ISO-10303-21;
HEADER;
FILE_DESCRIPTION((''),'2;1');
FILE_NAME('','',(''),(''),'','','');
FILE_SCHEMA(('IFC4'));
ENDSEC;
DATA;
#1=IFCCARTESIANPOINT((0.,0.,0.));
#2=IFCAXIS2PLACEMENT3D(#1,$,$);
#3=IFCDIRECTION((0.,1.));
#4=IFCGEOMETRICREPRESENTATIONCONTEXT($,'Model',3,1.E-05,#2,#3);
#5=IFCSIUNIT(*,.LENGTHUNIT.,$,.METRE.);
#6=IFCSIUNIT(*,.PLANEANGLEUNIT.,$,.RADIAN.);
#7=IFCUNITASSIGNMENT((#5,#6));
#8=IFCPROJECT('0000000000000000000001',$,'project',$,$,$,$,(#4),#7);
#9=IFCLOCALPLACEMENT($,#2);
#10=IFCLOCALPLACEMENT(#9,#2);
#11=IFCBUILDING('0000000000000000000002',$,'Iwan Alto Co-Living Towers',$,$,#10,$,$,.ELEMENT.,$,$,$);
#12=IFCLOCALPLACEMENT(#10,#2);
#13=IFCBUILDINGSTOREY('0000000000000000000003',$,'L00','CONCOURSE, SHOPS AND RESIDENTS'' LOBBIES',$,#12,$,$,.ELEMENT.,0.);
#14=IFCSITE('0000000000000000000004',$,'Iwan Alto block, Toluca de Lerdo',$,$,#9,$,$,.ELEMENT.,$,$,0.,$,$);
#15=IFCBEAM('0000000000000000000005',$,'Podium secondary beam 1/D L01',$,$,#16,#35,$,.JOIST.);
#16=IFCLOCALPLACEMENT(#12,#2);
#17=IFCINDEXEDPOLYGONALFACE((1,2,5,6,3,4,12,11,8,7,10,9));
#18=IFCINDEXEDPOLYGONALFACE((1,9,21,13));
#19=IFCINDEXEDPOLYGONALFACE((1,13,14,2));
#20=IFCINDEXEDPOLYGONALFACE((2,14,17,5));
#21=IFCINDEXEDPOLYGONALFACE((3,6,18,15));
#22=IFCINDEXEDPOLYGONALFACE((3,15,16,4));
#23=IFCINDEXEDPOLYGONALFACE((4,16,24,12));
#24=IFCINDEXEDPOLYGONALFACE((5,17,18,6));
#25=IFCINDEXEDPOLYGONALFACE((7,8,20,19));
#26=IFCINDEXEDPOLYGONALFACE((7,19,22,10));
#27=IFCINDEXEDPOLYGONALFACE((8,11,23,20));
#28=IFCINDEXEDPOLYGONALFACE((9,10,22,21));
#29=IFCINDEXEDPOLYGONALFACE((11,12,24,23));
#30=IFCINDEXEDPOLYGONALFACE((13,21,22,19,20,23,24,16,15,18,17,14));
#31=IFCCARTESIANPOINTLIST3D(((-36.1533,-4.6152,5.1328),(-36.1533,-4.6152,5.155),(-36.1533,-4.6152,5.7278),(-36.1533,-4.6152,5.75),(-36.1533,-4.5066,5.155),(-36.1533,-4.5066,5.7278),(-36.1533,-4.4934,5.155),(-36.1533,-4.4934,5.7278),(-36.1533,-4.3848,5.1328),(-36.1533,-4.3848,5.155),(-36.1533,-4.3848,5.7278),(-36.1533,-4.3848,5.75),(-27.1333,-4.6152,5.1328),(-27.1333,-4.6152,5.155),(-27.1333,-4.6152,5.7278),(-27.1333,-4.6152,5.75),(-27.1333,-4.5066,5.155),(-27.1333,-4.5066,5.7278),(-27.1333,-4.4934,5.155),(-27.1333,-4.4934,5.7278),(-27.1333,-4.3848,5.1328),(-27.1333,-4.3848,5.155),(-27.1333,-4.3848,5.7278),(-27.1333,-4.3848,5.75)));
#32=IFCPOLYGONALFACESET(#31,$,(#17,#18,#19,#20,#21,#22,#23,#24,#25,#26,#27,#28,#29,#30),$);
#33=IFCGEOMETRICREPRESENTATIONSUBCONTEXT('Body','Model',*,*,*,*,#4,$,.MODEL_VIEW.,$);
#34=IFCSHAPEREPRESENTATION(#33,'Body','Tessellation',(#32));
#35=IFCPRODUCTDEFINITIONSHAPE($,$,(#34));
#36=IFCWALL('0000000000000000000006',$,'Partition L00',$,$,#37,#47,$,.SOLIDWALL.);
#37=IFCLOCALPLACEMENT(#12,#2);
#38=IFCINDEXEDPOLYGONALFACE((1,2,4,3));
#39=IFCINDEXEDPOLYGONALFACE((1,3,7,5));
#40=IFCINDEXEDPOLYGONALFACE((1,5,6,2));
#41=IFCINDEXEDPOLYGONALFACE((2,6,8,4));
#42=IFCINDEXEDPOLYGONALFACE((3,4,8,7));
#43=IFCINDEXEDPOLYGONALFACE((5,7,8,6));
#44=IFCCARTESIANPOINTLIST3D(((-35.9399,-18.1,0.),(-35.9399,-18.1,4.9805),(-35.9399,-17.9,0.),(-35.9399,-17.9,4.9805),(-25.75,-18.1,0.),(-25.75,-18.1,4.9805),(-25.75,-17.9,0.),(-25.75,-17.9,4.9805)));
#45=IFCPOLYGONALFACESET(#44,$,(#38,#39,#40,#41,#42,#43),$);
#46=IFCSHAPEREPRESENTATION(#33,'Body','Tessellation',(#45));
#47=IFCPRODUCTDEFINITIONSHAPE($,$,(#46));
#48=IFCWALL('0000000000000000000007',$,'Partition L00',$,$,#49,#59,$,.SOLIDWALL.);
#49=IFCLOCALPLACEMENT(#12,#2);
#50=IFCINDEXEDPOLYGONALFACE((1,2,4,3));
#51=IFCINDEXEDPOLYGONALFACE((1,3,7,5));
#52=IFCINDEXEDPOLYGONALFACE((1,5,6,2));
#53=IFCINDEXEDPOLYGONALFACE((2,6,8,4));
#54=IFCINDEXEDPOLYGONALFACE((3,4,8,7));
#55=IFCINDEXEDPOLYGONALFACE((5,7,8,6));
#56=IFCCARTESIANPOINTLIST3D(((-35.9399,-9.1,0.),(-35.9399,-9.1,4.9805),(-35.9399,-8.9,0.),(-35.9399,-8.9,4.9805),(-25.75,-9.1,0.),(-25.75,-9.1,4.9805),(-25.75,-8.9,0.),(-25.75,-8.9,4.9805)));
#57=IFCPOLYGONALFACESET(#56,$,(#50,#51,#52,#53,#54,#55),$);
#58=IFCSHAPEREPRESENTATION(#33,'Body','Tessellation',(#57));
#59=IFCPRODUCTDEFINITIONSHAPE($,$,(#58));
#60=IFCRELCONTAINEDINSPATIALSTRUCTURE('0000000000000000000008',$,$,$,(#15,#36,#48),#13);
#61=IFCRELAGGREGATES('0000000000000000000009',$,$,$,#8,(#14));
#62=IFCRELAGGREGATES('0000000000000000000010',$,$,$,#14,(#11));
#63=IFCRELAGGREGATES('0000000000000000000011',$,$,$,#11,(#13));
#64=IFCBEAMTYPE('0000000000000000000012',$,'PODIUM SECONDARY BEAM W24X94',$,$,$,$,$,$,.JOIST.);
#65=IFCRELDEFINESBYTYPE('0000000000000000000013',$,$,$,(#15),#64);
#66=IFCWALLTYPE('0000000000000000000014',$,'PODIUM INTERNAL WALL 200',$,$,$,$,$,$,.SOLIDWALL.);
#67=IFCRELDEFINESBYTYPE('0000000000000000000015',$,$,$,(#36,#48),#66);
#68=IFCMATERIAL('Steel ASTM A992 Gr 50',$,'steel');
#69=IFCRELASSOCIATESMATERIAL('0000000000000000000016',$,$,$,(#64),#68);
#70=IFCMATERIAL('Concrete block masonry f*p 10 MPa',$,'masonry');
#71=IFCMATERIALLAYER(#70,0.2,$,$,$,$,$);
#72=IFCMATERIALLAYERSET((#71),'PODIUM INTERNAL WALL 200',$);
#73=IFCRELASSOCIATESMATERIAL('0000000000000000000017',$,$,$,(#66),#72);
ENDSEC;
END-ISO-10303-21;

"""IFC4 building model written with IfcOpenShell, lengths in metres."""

from ifc_helpers import new_model, si_unit, direction, frame, frame_2d, origin, origin_2d, place, context, subcontext, project, spatial, rectangle, i_section, extrude, material, layer, layer_set, material_profile, profile_set, type_object, element, save


model = new_model("IFC4")

# Units and contexts
model_context = context("Model", 3, precision=1e-05, world=origin(), true_north=direction((0.0, 1.0)))
body_context = subcontext(model_context, "Body", "Model", "MODEL_VIEW")
ifc_project = project(units=[si_unit("LENGTHUNIT", "METRE"), si_unit("PLANEANGLEUNIT", "RADIAN")], contexts=[model_context])

# Site, building, storey
site_placement = place(None, origin())
site = spatial("IfcSite", under=ifc_project, at=site_placement, Name="Iwan Alto block, Toluca de Lerdo", CompositionType="ELEMENT", RefElevation=0.0)
building_placement = place(site_placement, origin())
building = spatial("IfcBuilding", under=site, at=building_placement, Name="Iwan Alto Co-Living Towers", CompositionType="ELEMENT")
storey_placement = place(building_placement, origin())
storey = spatial("IfcBuildingStorey", under=building, at=storey_placement, Name="L00", Description="CONCOURSE, SHOPS AND RESIDENTS' LOBBIES", CompositionType="ELEMENT", Elevation=0.0)

# Beam
ifc_material_1 = material(Name="Steel ASTM A992 Gr 50", Category="steel")
ifc_material_profile_1 = material_profile(ifc_material_1, i_section(OverallWidth=0.2305, OverallDepth=0.6172, WebThickness=0.0132, FlangeThickness=0.0222, at=origin_2d()), Name="W24X94")
ifc_profile_set_1 = profile_set([ifc_material_profile_1], Name="Steel ASTM A992 Gr 50")
beam_type_1 = type_object("IfcBeamType", Name="PODIUM SECONDARY BEAM W24X94", PredefinedType="JOIST", material=ifc_profile_set_1)
beam_1_placement = place(storey_placement, frame((-36.1533, -4.5, 5.4414), z_axis=(1.0, 0.0, 0.0), x_axis=(0.0, 1.0, 0.0)))
element("IfcBeam", 1, at=beam_1_placement, inside=storey, type_object=beam_type_1, Name="Podium secondary beam 1/D L01", PredefinedType="JOIST", context=body_context, shape_type="SweptSolid", body=[
    extrude(i_section(OverallWidth=0.2305, OverallDepth=0.6172, WebThickness=0.0132, FlangeThickness=0.0222, at=origin_2d()), origin(), (0.0, 0.0, 1.0), 9.02),
])

# Walls
ifc_material_2 = material(Name="Concrete block masonry f*p 10 MPa", Category="masonry")
ifc_layer = layer(ifc_material_2, 0.2)
ifc_layer_set = layer_set([ifc_layer], Name="PODIUM INTERNAL WALL 200")
wall_type = type_object("IfcWallType", Name="PODIUM INTERNAL WALL 200", PredefinedType="SOLIDWALL", material=ifc_layer_set)
for number, where, z_axis, x_axis, name in (
    (2, (-35.9399, -18.0, 0.0), (0.0, 0.0, 1.0), (1.0, 0.0, 0.0), "Partition L00"),
    (3, (-35.9399, -9.0, 0.0), (0.0, 0.0, 1.0), (1.0, 0.0, 0.0), "Partition L00"),
):
    element("IfcWall", number, at=place(storey_placement, frame(where, z_axis=z_axis, x_axis=x_axis)), inside=storey, type_object=wall_type, Name=name, PredefinedType="SOLIDWALL", context=body_context, shape_type="SweptSolid", body=[
        extrude(rectangle(XDim=10.1899, YDim=0.2, at=frame_2d((5.095, 0.0))), origin(), (0.0, 0.0, 1.0), 4.9805),
    ])

save(model, "model.ifc")
